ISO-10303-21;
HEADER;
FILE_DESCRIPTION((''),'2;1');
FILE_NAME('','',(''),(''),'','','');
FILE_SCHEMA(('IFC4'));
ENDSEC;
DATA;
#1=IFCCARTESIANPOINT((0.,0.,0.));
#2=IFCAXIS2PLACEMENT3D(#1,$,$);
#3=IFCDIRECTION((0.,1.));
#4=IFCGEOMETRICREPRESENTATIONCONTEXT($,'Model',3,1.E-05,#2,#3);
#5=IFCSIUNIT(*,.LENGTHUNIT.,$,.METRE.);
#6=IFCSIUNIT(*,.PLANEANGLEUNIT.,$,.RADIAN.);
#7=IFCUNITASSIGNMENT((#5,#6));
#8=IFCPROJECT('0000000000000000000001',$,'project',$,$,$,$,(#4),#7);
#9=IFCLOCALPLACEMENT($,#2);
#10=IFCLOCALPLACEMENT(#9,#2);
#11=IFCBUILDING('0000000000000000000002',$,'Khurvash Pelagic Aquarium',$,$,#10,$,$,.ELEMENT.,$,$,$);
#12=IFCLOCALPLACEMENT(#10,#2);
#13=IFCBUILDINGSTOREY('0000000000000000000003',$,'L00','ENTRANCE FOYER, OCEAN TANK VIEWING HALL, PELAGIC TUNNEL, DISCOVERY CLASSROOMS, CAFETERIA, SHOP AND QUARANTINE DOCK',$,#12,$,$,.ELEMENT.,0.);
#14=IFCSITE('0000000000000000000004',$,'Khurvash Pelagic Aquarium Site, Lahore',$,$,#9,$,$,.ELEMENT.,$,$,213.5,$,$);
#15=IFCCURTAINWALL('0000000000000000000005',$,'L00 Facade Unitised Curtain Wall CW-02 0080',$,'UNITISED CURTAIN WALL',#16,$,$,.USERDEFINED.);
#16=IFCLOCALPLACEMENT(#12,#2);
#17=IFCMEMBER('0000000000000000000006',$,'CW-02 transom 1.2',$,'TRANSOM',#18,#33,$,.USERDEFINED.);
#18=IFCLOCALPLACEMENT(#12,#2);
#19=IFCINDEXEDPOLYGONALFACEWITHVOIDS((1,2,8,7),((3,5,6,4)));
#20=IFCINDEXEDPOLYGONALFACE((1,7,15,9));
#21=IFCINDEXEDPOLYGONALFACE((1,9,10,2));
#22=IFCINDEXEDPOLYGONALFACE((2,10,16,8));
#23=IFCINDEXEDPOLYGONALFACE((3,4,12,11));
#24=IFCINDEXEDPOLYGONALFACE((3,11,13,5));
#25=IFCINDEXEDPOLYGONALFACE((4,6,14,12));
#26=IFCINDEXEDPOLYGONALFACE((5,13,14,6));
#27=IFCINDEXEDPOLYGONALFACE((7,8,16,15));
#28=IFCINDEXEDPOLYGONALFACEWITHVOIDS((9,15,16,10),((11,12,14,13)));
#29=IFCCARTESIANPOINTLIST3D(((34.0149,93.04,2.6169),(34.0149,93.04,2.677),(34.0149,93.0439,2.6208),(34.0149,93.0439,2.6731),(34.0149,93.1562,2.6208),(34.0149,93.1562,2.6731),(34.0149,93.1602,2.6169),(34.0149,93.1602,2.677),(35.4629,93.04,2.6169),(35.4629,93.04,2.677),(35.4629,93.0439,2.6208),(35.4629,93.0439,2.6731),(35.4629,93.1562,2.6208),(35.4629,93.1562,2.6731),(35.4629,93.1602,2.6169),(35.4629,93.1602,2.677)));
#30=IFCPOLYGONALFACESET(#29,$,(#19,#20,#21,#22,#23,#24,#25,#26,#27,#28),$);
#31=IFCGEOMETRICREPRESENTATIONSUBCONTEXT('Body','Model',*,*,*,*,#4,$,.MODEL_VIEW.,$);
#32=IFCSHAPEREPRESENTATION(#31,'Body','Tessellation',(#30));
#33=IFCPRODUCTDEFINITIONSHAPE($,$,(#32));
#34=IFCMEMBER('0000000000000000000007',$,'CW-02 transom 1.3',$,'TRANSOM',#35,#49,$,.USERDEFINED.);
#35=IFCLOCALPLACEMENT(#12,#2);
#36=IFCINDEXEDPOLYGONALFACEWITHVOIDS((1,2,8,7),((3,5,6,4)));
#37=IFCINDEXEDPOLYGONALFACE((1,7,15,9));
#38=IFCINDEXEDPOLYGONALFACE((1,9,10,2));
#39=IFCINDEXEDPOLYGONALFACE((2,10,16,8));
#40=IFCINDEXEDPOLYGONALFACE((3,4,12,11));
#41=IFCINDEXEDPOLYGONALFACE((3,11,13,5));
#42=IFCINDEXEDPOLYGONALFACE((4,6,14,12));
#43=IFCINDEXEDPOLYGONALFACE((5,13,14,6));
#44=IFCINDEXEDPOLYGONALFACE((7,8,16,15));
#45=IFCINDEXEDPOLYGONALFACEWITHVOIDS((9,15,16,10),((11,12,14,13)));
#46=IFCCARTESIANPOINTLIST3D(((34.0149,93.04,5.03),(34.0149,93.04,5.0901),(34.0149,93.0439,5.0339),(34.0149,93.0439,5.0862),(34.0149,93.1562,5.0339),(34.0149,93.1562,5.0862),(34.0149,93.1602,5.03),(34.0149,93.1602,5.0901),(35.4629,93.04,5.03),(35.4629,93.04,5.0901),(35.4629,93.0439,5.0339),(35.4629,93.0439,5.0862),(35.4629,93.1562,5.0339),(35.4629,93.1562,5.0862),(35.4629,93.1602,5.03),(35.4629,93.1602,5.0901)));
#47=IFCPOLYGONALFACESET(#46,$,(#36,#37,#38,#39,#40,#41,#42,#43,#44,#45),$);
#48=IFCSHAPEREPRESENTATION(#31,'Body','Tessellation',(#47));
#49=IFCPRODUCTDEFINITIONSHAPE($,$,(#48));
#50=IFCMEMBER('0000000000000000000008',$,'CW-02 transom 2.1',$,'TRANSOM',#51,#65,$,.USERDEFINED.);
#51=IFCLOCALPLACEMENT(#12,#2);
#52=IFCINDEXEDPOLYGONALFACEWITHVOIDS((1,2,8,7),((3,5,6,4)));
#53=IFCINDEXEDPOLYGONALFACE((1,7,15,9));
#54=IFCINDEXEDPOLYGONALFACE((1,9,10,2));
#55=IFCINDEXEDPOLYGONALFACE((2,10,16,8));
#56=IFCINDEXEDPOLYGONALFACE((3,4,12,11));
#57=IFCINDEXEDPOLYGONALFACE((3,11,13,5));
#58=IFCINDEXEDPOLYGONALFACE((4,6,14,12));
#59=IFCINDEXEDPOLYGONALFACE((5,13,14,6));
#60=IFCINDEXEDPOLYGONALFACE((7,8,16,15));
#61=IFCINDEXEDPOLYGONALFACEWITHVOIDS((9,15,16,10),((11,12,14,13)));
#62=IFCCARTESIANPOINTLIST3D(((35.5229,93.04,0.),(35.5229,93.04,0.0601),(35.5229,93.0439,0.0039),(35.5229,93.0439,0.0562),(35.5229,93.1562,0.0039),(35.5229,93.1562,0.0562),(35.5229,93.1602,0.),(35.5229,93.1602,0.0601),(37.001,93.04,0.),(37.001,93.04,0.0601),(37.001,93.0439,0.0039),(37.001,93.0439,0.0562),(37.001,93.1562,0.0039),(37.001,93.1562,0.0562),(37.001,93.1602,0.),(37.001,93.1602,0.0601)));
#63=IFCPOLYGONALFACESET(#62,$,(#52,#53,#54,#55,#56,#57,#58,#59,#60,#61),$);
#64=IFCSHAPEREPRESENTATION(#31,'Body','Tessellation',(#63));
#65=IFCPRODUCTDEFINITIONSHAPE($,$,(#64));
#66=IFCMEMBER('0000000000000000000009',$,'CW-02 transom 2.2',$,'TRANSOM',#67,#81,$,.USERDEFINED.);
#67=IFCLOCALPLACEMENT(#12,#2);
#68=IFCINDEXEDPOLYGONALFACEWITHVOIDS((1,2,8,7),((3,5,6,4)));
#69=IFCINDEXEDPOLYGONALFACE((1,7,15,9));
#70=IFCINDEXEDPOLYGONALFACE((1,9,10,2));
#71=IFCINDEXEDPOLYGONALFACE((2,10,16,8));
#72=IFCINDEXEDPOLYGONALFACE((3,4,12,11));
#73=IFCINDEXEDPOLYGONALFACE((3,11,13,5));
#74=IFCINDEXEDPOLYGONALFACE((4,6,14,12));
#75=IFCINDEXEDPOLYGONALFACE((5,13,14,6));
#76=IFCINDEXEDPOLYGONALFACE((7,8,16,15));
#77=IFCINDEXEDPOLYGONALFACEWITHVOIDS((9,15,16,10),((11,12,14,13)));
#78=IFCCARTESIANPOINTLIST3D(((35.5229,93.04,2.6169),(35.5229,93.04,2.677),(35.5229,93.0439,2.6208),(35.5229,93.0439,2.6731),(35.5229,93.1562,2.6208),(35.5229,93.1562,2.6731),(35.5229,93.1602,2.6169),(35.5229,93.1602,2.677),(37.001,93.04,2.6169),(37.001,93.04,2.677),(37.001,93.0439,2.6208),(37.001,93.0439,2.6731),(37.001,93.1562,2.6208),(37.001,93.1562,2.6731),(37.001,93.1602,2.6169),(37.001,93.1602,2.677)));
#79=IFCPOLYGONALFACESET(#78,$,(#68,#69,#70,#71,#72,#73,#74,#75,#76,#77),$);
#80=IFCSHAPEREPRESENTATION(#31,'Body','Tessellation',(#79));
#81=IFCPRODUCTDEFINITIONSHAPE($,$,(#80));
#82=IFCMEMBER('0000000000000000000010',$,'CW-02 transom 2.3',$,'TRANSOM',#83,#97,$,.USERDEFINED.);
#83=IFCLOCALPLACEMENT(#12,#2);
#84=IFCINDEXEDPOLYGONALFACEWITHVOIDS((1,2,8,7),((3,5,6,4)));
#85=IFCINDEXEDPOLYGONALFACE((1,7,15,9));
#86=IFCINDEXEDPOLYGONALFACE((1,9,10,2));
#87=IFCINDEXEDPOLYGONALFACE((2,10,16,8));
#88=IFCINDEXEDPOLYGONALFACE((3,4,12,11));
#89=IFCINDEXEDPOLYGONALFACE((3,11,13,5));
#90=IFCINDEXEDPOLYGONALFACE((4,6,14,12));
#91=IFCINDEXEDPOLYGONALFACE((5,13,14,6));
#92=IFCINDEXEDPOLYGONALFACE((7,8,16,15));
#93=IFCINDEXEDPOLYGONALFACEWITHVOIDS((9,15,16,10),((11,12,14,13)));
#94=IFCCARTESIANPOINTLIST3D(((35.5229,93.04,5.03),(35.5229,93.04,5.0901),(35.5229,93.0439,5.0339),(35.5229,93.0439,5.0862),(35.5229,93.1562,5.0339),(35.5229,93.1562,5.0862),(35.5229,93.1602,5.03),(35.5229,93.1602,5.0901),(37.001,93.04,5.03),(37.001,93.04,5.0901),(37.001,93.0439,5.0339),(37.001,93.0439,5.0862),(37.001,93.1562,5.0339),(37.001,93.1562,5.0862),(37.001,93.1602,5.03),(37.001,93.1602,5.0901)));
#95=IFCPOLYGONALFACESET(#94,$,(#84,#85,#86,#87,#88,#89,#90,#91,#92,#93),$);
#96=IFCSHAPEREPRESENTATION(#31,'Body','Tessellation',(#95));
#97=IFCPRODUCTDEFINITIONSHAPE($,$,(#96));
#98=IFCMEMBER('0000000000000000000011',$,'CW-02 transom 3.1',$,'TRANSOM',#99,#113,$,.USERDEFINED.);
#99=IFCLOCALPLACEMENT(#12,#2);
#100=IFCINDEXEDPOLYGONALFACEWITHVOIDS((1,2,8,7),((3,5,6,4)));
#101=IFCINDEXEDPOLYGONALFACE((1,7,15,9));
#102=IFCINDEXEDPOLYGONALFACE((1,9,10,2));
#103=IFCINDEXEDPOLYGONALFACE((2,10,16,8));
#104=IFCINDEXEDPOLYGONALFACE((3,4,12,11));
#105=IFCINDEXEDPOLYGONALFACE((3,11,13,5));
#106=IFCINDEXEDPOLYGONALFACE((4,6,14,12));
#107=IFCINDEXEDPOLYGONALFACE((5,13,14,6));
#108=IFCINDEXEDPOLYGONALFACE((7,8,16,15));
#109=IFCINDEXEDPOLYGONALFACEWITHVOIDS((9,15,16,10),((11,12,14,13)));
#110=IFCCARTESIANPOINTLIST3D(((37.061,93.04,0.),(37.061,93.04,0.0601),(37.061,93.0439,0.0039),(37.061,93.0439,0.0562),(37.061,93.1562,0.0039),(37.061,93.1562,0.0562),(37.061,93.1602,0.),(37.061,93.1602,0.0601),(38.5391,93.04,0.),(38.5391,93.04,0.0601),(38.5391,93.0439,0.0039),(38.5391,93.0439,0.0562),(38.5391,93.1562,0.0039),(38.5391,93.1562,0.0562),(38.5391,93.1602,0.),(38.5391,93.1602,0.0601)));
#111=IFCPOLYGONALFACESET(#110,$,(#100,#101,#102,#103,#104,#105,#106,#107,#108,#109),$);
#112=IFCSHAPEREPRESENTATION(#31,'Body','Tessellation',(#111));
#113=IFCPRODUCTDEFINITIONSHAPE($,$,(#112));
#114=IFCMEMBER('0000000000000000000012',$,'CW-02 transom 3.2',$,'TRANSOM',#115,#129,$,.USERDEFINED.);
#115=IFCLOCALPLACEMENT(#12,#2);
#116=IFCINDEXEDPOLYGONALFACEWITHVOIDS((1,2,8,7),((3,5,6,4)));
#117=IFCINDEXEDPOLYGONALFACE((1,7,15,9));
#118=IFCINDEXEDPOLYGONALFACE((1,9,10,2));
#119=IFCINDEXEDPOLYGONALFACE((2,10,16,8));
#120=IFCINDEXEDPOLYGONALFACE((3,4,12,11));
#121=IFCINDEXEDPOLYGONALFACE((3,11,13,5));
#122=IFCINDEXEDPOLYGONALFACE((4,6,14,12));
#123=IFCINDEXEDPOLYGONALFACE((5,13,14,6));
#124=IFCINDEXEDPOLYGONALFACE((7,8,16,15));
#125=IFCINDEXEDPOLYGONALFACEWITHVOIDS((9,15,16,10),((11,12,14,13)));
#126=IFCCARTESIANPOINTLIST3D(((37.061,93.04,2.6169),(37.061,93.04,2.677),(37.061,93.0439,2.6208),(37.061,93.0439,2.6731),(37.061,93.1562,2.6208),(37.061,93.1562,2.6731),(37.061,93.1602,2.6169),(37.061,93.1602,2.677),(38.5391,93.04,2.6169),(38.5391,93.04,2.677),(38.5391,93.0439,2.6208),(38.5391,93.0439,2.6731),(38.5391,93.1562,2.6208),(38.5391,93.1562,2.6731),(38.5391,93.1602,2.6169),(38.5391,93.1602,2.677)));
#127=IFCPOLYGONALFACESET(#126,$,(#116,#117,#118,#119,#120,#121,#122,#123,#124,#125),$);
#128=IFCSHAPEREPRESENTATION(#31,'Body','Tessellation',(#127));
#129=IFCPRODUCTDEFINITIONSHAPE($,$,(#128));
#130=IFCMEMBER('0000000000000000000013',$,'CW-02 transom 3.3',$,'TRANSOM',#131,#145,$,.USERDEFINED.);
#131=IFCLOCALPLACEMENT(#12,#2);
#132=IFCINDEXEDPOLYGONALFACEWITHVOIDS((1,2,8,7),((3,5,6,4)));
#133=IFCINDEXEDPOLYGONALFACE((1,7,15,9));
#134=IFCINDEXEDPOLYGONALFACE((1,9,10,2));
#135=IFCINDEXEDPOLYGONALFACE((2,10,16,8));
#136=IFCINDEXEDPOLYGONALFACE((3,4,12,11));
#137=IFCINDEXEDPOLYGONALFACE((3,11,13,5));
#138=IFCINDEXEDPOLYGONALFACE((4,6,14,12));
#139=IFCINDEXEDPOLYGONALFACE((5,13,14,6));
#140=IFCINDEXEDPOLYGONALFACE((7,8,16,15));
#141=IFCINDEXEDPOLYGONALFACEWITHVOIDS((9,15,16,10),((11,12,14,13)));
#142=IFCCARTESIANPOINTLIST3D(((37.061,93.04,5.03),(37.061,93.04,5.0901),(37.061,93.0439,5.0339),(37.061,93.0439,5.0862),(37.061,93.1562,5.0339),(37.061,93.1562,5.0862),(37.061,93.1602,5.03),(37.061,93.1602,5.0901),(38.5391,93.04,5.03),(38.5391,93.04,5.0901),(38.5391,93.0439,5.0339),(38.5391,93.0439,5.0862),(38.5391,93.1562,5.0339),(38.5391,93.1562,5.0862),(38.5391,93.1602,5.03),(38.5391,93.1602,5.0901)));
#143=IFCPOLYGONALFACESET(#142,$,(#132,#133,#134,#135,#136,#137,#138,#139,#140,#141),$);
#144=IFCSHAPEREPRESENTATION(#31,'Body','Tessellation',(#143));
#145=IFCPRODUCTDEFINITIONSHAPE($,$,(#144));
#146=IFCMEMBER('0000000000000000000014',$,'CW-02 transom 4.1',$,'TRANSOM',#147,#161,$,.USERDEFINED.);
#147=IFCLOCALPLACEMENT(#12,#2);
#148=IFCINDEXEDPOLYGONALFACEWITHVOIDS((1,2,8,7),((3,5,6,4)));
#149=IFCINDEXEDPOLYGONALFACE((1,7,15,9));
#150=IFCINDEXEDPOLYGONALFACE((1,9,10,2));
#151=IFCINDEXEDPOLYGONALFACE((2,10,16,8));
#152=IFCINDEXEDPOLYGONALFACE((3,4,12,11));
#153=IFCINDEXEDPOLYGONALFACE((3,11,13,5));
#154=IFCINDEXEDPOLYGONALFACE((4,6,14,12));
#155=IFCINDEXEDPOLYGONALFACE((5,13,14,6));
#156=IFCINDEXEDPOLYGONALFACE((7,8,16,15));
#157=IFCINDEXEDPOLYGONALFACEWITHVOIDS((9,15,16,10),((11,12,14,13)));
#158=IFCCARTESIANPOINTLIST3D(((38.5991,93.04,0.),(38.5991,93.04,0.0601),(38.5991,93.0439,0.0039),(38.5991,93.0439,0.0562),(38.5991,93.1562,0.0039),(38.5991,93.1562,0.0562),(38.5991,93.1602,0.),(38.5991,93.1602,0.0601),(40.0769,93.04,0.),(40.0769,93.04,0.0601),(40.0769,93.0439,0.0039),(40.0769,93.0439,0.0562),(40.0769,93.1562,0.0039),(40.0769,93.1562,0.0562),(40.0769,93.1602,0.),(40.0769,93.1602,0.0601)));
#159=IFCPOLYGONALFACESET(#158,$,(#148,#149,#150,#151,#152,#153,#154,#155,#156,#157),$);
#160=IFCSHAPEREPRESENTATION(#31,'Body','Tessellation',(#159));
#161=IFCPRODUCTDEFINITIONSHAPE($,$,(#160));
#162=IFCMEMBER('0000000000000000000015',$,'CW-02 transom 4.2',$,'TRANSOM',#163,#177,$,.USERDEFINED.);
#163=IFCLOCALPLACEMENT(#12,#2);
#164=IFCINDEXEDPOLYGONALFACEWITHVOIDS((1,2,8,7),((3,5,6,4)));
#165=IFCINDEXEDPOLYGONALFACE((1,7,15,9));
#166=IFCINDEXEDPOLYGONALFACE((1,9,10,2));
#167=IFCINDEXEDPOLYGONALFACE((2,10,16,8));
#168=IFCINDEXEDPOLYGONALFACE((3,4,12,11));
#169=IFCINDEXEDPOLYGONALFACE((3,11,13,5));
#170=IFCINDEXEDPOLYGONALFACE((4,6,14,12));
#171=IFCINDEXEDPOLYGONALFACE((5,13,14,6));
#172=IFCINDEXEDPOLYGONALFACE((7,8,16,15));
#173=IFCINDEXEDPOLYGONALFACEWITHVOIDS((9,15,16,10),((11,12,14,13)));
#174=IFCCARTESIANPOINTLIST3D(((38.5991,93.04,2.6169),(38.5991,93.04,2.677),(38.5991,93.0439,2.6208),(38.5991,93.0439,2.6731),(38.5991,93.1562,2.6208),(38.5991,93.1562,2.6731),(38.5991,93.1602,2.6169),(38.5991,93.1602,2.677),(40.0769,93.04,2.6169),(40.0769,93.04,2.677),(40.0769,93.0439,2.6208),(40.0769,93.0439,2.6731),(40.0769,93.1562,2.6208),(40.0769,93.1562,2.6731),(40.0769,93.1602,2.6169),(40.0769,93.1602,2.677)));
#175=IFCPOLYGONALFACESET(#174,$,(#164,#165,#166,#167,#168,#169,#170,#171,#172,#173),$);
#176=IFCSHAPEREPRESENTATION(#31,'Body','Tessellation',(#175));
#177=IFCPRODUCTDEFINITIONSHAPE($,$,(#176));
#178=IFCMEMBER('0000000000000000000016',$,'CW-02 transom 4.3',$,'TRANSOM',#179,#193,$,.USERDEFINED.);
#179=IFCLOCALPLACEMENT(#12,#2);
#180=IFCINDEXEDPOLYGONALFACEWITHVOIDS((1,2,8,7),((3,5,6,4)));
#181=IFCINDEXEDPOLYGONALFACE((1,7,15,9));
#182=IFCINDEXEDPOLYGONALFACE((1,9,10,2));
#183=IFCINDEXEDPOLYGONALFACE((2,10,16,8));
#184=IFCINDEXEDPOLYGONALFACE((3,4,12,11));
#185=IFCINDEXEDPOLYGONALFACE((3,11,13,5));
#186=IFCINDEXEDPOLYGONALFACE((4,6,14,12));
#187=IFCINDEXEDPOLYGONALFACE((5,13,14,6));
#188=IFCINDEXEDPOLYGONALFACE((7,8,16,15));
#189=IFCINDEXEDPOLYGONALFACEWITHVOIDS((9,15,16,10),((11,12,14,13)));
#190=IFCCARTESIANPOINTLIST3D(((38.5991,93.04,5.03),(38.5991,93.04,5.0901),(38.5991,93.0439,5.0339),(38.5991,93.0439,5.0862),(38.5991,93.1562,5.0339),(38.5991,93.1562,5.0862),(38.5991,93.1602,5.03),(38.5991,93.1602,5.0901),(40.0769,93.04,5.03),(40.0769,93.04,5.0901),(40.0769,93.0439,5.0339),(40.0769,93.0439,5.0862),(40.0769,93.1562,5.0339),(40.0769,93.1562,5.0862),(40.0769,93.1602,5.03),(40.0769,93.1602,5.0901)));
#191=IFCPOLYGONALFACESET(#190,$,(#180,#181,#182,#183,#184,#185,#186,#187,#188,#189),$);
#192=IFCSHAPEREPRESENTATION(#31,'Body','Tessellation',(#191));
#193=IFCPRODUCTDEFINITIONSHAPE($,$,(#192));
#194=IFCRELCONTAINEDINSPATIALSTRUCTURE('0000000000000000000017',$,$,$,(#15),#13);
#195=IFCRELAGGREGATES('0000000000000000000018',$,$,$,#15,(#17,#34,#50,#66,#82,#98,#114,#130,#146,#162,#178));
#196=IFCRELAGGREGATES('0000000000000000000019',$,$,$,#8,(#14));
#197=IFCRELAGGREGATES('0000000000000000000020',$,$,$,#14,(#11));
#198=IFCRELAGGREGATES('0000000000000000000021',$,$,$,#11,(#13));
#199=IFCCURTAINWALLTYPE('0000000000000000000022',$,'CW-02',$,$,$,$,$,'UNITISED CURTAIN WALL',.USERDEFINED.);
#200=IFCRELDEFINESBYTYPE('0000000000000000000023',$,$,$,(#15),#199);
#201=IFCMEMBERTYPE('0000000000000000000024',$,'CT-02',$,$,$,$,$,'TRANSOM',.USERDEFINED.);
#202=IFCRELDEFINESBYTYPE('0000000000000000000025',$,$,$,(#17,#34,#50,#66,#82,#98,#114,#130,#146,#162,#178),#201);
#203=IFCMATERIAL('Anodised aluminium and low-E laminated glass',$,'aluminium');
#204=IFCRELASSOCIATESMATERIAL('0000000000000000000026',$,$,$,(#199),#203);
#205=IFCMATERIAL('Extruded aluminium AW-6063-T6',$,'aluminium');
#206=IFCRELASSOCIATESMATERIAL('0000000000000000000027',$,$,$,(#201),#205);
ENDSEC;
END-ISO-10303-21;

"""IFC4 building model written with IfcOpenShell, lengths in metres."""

from ifc_helpers import new_model, si_unit, direction, frame, origin, origin_2d, place, context, subcontext, project, spatial, hollow_rectangle, extrude, material, material_profile, profile_set, type_object, element, aggregate, save


model = new_model("IFC4")

# Units and contexts
model_context = context("Model", 3, precision=1e-05, world=origin(), true_north=direction((0.0, 1.0)))
body_context = subcontext(model_context, "Body", "Model", "MODEL_VIEW")
ifc_project = project(units=[si_unit("LENGTHUNIT", "METRE"), si_unit("PLANEANGLEUNIT", "RADIAN")], contexts=[model_context])

# Site, building, storey
site_placement = place(None, origin())
site = spatial("IfcSite", under=ifc_project, at=site_placement, Name="Khurvash Pelagic Aquarium Site, Lahore", CompositionType="ELEMENT", RefElevation=213.5)
building_placement = place(site_placement, origin())
building = spatial("IfcBuilding", under=site, at=building_placement, Name="Khurvash Pelagic Aquarium", CompositionType="ELEMENT")
storey_placement = place(building_placement, origin())
storey = spatial("IfcBuildingStorey", under=building, at=storey_placement, Name="L00", Description="ENTRANCE FOYER, OCEAN TANK VIEWING HALL, PELAGIC TUNNEL, DISCOVERY CLASSROOMS, CAFETERIA, SHOP AND QUARANTINE DOCK", CompositionType="ELEMENT", Elevation=0.0)

# Shared definitions
ifc_material_1 = material(Name="Anodised aluminium and low-E laminated glass", Category="aluminium")
ifc_material_2 = material(Name="Extruded aluminium AW-6063-T6", Category="aluminium")

# Curtain wall
curtain_wall_type_1 = type_object("IfcCurtainWallType", Name="CW-02", ElementType="UNITISED CURTAIN WALL", PredefinedType="USERDEFINED", material=ifc_material_1)
curtain_wall_1_placement = place(storey_placement, origin())
curtain_wall_1 = element("IfcCurtainWall", 1, at=curtain_wall_1_placement, inside=storey, type_object=curtain_wall_type_1, Name="L00 Facade Unitised Curtain Wall CW-02 0080", ObjectType="UNITISED CURTAIN WALL", PredefinedType="USERDEFINED")

# Members
ifc_material_profile_1 = material_profile(ifc_material_2, hollow_rectangle(XDim=0.1201, YDim=0.0601, WallThickness=0.0039, at=origin_2d()), Name="CWT120X60X4")
ifc_profile_set_1 = profile_set([ifc_material_profile_1], Name="Extruded aluminium AW-6063-T6")
member_type_1 = type_object("IfcMemberType", Name="CT-02", ElementType="TRANSOM", PredefinedType="USERDEFINED", material=ifc_profile_set_1)
member_1_placement = place(storey_placement, frame((34.0149, 93.1001, 2.647), z_axis=(1.0, 0.0, 0.0), x_axis=(0.0, 1.0, 0.0)))
member_1 = element("IfcMember", 2, at=member_1_placement, type_object=member_type_1, Name="CW-02 transom 1.2", ObjectType="TRANSOM", PredefinedType="USERDEFINED", context=body_context, shape_type="SweptSolid", body=[
    extrude(hollow_rectangle(XDim=0.1201, YDim=0.0601, WallThickness=0.0039, at=origin_2d()), origin(), (0.0, 0.0, 1.0), 1.448),
])
member_2_placement = place(storey_placement, frame((34.0149, 93.1001, 5.0601), z_axis=(1.0, 0.0, 0.0), x_axis=(0.0, 1.0, 0.0)))
member_2 = element("IfcMember", 3, at=member_2_placement, type_object=member_type_1, Name="CW-02 transom 1.3", ObjectType="TRANSOM", PredefinedType="USERDEFINED", context=body_context, shape_type="SweptSolid", body=[
    extrude(hollow_rectangle(XDim=0.1201, YDim=0.0601, WallThickness=0.0039, at=origin_2d()), origin(), (0.0, 0.0, 1.0), 1.448),
])
member_3_placement = place(storey_placement, frame((35.5229, 93.1001, 0.03), z_axis=(1.0, 0.0, 0.0), x_axis=(0.0, 1.0, 0.0)))
member_3 = element("IfcMember", 4, at=member_3_placement, type_object=member_type_1, Name="CW-02 transom 2.1", ObjectType="TRANSOM", PredefinedType="USERDEFINED", context=body_context, shape_type="SweptSolid", body=[
    extrude(hollow_rectangle(XDim=0.1201, YDim=0.0601, WallThickness=0.0039, at=origin_2d()), origin(), (0.0, 0.0, 1.0), 1.478),
])
member_4_placement = place(storey_placement, frame((35.5229, 93.1001, 2.647), z_axis=(1.0, 0.0, 0.0), x_axis=(0.0, 1.0, 0.0)))
member_4 = element("IfcMember", 5, at=member_4_placement, type_object=member_type_1, Name="CW-02 transom 2.2", ObjectType="TRANSOM", PredefinedType="USERDEFINED", context=body_context, shape_type="SweptSolid", body=[
    extrude(hollow_rectangle(XDim=0.1201, YDim=0.0601, WallThickness=0.0039, at=origin_2d()), origin(), (0.0, 0.0, 1.0), 1.478),
])
member_5_placement = place(storey_placement, frame((35.5229, 93.1001, 5.0601), z_axis=(1.0, 0.0, 0.0), x_axis=(0.0, 1.0, 0.0)))
member_5 = element("IfcMember", 6, at=member_5_placement, type_object=member_type_1, Name="CW-02 transom 2.3", ObjectType="TRANSOM", PredefinedType="USERDEFINED", context=body_context, shape_type="SweptSolid", body=[
    extrude(hollow_rectangle(XDim=0.1201, YDim=0.0601, WallThickness=0.0039, at=origin_2d()), origin(), (0.0, 0.0, 1.0), 1.478),
])
member_6_placement = place(storey_placement, frame((37.061, 93.1001, 0.03), z_axis=(1.0, 0.0, 0.0), x_axis=(0.0, 1.0, 0.0)))
member_6 = element("IfcMember", 7, at=member_6_placement, type_object=member_type_1, Name="CW-02 transom 3.1", ObjectType="TRANSOM", PredefinedType="USERDEFINED", context=body_context, shape_type="SweptSolid", body=[
    extrude(hollow_rectangle(XDim=0.1201, YDim=0.0601, WallThickness=0.0039, at=origin_2d()), origin(), (0.0, 0.0, 1.0), 1.478),
])
member_7_placement = place(storey_placement, frame((37.061, 93.1001, 2.647), z_axis=(1.0, 0.0, 0.0), x_axis=(0.0, 1.0, 0.0)))
member_7 = element("IfcMember", 8, at=member_7_placement, type_object=member_type_1, Name="CW-02 transom 3.2", ObjectType="TRANSOM", PredefinedType="USERDEFINED", context=body_context, shape_type="SweptSolid", body=[
    extrude(hollow_rectangle(XDim=0.1201, YDim=0.0601, WallThickness=0.0039, at=origin_2d()), origin(), (0.0, 0.0, 1.0), 1.478),
])
member_8_placement = place(storey_placement, frame((37.061, 93.1001, 5.0601), z_axis=(1.0, 0.0, 0.0), x_axis=(0.0, 1.0, 0.0)))
member_8 = element("IfcMember", 9, at=member_8_placement, type_object=member_type_1, Name="CW-02 transom 3.3", ObjectType="TRANSOM", PredefinedType="USERDEFINED", context=body_context, shape_type="SweptSolid", body=[
    extrude(hollow_rectangle(XDim=0.1201, YDim=0.0601, WallThickness=0.0039, at=origin_2d()), origin(), (0.0, 0.0, 1.0), 1.478),
])
member_9_placement = place(storey_placement, frame((38.5991, 93.1001, 0.03), z_axis=(1.0, 0.0, 0.0), x_axis=(0.0, 1.0, 0.0)))
member_9 = element("IfcMember", 10, at=member_9_placement, type_object=member_type_1, Name="CW-02 transom 4.1", ObjectType="TRANSOM", PredefinedType="USERDEFINED", context=body_context, shape_type="SweptSolid", body=[
    extrude(hollow_rectangle(XDim=0.1201, YDim=0.0601, WallThickness=0.0039, at=origin_2d()), origin(), (0.0, 0.0, 1.0), 1.4778),
])
member_10_placement = place(storey_placement, frame((38.5991, 93.1001, 2.647), z_axis=(1.0, 0.0, 0.0), x_axis=(0.0, 1.0, 0.0)))
member_10 = element("IfcMember", 11, at=member_10_placement, type_object=member_type_1, Name="CW-02 transom 4.2", ObjectType="TRANSOM", PredefinedType="USERDEFINED", context=body_context, shape_type="SweptSolid", body=[
    extrude(hollow_rectangle(XDim=0.1201, YDim=0.0601, WallThickness=0.0039, at=origin_2d()), origin(), (0.0, 0.0, 1.0), 1.4778),
])
member_11_placement = place(storey_placement, frame((38.5991, 93.1001, 5.0601), z_axis=(1.0, 0.0, 0.0), x_axis=(0.0, 1.0, 0.0)))
member_11 = element("IfcMember", 12, at=member_11_placement, type_object=member_type_1, Name="CW-02 transom 4.3", ObjectType="TRANSOM", PredefinedType="USERDEFINED", context=body_context, shape_type="SweptSolid", body=[
    extrude(hollow_rectangle(XDim=0.1201, YDim=0.0601, WallThickness=0.0039, at=origin_2d()), origin(), (0.0, 0.0, 1.0), 1.4778),
])

aggregate(curtain_wall_1, [member_1, member_2, member_3, member_4, member_5, member_6, member_7, member_8, member_9, member_10, member_11])

save(model, "model.ifc")
